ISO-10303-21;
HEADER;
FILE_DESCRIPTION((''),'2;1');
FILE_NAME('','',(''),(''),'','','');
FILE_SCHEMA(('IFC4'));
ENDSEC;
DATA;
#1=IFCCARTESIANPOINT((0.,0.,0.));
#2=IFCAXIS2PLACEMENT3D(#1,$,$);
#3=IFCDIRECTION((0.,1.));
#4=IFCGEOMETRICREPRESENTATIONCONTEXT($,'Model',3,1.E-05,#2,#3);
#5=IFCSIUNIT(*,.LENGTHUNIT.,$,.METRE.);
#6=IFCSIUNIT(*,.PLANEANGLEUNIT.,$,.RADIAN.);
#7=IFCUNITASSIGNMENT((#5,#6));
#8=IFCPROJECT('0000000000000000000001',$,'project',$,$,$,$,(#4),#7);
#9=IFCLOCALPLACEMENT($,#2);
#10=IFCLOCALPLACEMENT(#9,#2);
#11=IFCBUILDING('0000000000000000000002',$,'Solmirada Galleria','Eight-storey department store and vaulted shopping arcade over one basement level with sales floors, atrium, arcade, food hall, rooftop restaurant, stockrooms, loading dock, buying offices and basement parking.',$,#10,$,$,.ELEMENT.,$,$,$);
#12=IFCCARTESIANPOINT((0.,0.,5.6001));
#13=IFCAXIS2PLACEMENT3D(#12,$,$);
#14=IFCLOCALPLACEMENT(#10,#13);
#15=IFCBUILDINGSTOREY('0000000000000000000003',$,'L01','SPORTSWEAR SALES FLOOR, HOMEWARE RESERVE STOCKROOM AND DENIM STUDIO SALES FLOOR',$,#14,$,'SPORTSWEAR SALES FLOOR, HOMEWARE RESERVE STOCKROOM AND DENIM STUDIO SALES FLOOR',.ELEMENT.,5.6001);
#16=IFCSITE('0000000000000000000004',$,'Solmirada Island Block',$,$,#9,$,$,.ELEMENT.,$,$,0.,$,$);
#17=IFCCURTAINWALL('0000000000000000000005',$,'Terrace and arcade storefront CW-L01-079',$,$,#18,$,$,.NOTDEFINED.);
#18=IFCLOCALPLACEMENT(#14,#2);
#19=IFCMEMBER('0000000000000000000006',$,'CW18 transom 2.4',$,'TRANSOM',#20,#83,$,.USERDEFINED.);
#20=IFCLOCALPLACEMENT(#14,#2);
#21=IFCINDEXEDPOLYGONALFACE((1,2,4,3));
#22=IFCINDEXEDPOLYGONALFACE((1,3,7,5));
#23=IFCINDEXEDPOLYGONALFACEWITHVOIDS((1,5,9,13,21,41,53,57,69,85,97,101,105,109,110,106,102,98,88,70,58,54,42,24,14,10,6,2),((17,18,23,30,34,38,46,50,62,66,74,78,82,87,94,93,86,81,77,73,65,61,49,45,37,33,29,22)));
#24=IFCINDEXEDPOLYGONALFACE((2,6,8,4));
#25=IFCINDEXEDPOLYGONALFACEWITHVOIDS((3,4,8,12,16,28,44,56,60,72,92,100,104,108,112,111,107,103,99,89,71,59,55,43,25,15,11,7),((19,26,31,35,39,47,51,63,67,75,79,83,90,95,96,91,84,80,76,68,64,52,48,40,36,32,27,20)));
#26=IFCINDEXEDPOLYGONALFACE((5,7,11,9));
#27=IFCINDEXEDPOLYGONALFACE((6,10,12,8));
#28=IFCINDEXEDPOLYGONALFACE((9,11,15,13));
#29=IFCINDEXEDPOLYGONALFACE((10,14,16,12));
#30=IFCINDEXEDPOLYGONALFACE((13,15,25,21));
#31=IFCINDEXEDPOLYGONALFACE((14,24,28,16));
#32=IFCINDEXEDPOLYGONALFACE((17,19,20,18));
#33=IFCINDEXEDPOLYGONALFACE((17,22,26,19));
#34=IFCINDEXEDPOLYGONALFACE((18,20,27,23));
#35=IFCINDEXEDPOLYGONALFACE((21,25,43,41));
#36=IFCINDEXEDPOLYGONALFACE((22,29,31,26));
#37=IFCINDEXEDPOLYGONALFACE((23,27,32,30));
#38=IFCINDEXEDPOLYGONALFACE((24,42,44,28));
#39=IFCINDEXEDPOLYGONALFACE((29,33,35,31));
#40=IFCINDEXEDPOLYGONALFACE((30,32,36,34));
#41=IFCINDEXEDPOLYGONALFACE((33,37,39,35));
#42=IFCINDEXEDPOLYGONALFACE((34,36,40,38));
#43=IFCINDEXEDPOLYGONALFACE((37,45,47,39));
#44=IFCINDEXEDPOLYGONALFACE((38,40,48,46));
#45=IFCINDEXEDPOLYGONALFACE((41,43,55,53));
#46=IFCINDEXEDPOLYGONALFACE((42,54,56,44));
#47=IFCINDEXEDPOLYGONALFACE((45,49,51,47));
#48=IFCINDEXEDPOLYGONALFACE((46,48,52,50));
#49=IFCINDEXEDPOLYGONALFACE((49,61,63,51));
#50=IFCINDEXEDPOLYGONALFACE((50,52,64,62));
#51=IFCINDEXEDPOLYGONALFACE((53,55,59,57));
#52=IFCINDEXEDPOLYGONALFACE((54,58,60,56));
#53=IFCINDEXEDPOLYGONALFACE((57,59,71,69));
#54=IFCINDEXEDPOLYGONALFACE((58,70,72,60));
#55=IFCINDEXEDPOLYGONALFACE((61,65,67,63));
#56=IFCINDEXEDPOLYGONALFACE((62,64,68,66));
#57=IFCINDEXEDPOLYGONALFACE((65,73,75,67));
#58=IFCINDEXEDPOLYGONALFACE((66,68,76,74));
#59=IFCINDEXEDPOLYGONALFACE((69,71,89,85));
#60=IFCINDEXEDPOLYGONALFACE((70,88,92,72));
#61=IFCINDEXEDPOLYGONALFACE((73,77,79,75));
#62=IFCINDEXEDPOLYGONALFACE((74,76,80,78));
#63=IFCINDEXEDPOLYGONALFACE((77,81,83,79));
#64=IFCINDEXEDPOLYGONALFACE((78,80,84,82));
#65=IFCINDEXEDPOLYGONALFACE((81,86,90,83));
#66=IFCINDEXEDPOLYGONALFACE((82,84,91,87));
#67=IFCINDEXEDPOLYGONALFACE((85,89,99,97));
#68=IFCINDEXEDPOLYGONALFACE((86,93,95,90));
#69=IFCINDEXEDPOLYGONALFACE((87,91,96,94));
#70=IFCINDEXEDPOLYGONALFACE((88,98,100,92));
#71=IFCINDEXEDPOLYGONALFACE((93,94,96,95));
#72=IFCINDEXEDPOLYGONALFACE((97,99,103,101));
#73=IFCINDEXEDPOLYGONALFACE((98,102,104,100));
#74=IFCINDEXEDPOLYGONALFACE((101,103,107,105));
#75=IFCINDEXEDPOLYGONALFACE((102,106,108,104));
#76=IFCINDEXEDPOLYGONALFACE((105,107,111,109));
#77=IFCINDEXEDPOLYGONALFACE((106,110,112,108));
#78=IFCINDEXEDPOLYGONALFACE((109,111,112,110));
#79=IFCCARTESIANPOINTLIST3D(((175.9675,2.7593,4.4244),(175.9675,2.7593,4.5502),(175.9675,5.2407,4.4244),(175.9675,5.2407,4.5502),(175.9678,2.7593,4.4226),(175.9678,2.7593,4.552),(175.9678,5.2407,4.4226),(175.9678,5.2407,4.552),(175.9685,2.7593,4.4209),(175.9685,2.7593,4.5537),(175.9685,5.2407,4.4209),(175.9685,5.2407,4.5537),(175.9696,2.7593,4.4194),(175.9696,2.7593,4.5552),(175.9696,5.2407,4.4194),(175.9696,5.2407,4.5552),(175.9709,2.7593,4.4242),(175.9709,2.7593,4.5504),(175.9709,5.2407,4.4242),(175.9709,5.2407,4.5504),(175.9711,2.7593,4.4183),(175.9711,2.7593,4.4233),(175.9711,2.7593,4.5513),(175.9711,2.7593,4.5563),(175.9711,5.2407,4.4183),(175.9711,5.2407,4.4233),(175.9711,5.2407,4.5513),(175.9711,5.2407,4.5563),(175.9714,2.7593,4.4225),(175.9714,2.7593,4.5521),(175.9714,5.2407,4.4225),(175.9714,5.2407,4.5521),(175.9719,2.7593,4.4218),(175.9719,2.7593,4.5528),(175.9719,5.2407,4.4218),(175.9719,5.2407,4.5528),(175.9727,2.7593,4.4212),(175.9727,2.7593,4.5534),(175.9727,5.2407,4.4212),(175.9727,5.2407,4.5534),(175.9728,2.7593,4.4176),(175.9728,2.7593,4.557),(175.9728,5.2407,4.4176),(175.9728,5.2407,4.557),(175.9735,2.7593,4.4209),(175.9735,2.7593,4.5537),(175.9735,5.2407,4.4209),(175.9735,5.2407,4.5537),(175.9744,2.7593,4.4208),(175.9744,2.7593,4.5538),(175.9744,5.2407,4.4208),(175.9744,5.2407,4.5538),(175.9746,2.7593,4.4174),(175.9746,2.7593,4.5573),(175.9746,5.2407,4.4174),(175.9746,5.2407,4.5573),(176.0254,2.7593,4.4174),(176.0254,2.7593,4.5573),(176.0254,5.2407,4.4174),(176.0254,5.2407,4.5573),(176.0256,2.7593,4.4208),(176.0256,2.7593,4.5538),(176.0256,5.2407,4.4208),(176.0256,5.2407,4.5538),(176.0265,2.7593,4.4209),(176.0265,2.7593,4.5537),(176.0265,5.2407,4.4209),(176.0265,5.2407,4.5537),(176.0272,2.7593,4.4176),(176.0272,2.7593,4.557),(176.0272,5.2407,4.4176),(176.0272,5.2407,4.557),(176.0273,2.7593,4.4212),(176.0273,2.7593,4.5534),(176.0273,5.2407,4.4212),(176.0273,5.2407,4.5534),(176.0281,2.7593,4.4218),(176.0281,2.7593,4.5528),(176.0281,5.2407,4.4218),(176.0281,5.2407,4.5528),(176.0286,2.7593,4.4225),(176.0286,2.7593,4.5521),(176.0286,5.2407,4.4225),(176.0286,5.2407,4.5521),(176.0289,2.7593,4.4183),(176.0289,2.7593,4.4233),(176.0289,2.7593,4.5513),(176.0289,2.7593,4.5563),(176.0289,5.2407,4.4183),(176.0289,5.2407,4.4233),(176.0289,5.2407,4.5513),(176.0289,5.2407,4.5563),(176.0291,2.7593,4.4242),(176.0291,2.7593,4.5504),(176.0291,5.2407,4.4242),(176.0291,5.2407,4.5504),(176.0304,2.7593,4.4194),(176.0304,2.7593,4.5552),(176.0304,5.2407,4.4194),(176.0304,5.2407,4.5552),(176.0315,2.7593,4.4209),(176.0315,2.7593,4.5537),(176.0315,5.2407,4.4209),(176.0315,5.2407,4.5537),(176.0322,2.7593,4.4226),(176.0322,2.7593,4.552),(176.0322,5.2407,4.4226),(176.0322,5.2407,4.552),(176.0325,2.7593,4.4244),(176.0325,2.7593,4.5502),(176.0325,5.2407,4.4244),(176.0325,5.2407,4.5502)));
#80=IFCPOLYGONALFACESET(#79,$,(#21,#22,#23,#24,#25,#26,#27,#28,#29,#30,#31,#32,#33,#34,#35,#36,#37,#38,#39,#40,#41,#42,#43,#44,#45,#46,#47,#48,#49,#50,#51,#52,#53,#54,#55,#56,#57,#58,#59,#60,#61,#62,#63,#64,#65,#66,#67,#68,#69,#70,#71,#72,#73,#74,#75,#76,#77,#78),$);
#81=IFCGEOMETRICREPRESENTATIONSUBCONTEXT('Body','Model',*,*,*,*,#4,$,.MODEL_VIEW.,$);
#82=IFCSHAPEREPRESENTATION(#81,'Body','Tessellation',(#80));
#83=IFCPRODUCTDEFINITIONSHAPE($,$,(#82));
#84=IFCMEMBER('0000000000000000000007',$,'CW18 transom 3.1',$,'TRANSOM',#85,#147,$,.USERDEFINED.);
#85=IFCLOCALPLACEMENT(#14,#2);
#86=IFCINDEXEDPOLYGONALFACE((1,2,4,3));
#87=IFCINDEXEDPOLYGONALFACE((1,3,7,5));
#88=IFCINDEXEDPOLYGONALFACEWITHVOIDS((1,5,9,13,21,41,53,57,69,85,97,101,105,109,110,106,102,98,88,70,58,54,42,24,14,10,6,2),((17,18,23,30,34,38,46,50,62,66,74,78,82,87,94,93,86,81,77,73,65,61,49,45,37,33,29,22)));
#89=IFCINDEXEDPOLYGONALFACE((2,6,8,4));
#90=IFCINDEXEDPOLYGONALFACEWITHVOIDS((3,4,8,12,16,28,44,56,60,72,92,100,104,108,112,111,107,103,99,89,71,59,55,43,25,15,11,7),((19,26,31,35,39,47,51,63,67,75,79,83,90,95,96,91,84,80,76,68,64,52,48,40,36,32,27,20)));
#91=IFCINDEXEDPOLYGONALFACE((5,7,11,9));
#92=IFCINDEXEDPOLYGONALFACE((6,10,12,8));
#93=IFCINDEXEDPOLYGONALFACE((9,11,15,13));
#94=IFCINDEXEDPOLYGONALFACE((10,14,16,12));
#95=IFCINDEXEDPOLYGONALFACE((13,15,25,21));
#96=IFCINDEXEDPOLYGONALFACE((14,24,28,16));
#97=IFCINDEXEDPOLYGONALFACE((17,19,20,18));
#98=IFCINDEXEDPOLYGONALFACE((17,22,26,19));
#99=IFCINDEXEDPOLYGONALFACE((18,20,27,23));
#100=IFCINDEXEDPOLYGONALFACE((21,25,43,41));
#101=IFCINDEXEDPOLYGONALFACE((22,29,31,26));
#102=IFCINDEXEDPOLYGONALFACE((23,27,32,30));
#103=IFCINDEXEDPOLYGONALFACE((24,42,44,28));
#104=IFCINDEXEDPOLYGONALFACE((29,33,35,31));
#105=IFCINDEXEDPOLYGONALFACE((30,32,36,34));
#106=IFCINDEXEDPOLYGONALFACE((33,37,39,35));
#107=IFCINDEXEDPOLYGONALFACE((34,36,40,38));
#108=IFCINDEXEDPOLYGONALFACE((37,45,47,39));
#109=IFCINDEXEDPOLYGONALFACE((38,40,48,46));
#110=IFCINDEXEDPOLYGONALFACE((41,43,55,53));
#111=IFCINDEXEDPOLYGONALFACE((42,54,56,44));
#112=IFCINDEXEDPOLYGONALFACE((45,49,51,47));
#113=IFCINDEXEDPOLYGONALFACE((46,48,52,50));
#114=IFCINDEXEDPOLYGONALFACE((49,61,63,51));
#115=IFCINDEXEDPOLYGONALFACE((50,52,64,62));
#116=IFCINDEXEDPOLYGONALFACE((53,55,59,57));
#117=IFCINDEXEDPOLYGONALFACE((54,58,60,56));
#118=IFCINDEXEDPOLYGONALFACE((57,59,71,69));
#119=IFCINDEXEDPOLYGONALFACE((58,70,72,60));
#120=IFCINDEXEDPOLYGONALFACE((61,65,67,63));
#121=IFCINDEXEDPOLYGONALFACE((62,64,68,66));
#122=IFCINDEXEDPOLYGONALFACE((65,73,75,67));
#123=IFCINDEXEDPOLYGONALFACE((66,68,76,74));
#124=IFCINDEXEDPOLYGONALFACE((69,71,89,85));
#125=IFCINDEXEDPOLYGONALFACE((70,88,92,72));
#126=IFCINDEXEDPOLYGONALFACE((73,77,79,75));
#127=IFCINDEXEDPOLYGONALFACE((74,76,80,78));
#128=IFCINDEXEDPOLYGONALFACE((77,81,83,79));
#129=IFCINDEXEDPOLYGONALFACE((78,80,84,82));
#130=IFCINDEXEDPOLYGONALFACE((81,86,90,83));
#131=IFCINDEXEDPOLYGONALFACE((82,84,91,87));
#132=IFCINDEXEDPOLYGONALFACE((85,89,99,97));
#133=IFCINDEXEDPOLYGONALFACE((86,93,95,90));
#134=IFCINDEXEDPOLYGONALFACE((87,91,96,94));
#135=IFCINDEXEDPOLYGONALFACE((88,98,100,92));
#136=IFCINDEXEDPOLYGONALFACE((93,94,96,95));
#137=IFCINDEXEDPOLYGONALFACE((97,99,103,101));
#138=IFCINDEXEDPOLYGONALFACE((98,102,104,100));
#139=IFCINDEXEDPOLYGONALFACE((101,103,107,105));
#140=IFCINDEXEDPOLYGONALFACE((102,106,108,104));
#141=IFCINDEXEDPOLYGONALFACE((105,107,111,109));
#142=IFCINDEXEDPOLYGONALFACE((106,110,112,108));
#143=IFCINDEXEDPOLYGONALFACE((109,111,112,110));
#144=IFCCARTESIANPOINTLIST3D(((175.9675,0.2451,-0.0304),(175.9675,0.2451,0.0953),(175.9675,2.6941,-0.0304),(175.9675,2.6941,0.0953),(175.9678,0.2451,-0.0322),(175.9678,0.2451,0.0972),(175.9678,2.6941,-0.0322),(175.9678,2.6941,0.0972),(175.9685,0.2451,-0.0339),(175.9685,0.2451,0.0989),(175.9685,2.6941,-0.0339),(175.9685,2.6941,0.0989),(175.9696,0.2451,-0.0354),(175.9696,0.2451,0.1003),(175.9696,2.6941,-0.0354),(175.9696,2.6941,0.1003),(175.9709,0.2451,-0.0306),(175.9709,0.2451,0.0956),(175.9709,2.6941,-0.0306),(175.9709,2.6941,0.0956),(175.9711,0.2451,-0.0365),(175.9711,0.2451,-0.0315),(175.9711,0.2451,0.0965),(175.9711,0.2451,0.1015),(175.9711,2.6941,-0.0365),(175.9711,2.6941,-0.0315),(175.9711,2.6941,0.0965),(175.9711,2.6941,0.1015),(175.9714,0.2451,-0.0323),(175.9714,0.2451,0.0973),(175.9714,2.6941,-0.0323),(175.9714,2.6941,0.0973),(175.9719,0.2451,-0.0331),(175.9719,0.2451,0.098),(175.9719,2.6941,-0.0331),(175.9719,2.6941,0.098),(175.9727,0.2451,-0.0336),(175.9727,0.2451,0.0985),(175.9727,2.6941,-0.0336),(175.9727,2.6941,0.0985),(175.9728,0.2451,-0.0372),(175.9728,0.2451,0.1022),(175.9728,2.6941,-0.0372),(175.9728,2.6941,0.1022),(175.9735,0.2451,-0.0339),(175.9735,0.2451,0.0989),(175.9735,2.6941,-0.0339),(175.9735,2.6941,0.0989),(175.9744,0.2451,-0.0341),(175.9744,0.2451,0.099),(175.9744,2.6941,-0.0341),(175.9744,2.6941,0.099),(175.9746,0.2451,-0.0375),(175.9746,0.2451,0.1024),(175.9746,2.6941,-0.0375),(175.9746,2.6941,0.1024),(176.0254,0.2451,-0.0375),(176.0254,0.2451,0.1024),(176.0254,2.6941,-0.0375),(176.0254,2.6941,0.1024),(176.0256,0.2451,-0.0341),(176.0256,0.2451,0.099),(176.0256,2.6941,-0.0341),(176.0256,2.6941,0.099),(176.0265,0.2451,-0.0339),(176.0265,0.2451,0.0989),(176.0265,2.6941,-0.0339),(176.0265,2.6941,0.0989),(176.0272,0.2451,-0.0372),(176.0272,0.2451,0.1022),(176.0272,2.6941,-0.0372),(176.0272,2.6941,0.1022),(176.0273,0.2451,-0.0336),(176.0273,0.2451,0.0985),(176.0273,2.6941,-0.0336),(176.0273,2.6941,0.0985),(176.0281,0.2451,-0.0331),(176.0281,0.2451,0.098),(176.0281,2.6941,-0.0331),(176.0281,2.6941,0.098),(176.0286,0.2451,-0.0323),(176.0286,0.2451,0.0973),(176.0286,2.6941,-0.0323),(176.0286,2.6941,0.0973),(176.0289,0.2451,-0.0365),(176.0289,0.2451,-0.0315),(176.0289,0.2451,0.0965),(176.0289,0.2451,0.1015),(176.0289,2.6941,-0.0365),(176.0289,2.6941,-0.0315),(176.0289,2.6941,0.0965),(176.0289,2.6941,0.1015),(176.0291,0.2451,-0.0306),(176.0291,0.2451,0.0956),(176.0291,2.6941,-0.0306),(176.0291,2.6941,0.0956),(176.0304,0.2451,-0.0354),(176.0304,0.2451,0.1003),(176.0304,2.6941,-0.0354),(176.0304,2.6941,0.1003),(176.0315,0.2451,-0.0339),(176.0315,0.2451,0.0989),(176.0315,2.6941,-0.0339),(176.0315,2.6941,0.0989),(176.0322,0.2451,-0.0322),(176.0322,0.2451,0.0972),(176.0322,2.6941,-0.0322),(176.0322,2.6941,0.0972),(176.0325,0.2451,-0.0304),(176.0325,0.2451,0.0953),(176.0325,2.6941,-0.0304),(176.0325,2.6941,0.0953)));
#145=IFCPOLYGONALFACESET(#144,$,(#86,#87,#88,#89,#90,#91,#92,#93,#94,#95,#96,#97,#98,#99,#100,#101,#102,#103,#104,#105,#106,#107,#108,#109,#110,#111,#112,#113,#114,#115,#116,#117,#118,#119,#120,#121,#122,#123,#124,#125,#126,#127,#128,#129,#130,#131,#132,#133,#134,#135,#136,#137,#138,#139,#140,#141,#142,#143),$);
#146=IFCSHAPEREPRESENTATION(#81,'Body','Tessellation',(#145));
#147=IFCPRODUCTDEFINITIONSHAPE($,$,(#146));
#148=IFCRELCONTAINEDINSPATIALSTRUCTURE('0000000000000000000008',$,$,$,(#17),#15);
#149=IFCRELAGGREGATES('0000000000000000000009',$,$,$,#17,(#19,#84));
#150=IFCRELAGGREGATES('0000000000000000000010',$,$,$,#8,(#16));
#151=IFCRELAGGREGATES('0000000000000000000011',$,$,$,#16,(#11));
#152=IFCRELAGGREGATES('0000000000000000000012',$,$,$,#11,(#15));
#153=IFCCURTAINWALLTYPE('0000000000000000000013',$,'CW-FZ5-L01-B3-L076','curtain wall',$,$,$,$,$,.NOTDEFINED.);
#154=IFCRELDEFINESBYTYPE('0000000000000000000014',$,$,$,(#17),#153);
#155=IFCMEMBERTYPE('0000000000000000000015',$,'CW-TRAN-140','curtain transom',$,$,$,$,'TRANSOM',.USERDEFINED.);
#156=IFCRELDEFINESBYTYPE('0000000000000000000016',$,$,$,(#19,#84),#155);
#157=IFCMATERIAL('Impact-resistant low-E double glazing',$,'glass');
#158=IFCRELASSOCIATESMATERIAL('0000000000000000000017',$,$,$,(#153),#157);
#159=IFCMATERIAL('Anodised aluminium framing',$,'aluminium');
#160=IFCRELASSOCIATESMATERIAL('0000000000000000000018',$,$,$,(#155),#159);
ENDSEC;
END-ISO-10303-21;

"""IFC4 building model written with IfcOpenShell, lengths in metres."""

from ifc_helpers import new_model, si_unit, direction, frame, origin, origin_2d, place, context, subcontext, project, spatial, hollow_rectangle, extrude, material, material_profile, profile_set, type_object, element, aggregate, save


model = new_model("IFC4")

# Units and contexts
model_context = context("Model", 3, precision=1e-05, world=origin(), true_north=direction((0.0, 1.0)))
body_context = subcontext(model_context, "Body", "Model", "MODEL_VIEW")
ifc_project = project(units=[si_unit("LENGTHUNIT", "METRE"), si_unit("PLANEANGLEUNIT", "RADIAN")], contexts=[model_context])

# Site, building, storey
site_placement = place(None, origin())
site = spatial("IfcSite", under=ifc_project, at=site_placement, Name="Solmirada Island Block", CompositionType="ELEMENT", RefElevation=0.0)
building_placement = place(site_placement, origin())
building = spatial("IfcBuilding", under=site, at=building_placement, Name="Solmirada Galleria", Description="Eight-storey department store and vaulted shopping arcade over one basement level with sales floors, atrium, arcade, food hall, rooftop restaurant, stockrooms, loading dock, buying offices and basement parking.", CompositionType="ELEMENT")
storey_placement = place(building_placement, frame((0.0, 0.0, 5.6001)))
storey = spatial("IfcBuildingStorey", under=building, at=storey_placement, Name="L01", Description="SPORTSWEAR SALES FLOOR, HOMEWARE RESERVE STOCKROOM AND DENIM STUDIO SALES FLOOR", LongName="SPORTSWEAR SALES FLOOR, HOMEWARE RESERVE STOCKROOM AND DENIM STUDIO SALES FLOOR", CompositionType="ELEMENT", Elevation=5.6001)

# Curtain wall
ifc_material_1 = material(Name="Impact-resistant low-E double glazing", Category="glass")
curtain_wall_type = type_object("IfcCurtainWallType", Name="CW-FZ5-L01-B3-L076", Description="curtain wall", PredefinedType="NOTDEFINED", material=ifc_material_1)
ifc_material_2 = material(Name="Anodised aluminium framing", Category="aluminium")
curtain_wall_1_placement = place(storey_placement, origin())
curtain_wall_1 = element("IfcCurtainWall", 1, at=curtain_wall_1_placement, inside=storey, type_object=curtain_wall_type, Name="Terrace and arcade storefront CW-L01-079", PredefinedType="NOTDEFINED")

# Members
ifc_material_profile_1 = material_profile(ifc_material_2, hollow_rectangle(XDim=0.0649, YDim=0.1399, WallThickness=0.0034, InnerFilletRadius=0.0034, OuterFilletRadius=0.0071, at=origin_2d()), Name="ALU-TRAN-140X65")
ifc_profile_set_1 = profile_set([ifc_material_profile_1], Name="Anodised aluminium framing")
member_type_1 = type_object("IfcMemberType", Name="CW-TRAN-140", Description="curtain transom", ElementType="TRANSOM", PredefinedType="USERDEFINED", material=ifc_profile_set_1)
member_1_placement = place(storey_placement, frame((176.0, 5.2407, 4.4873), z_axis=(0.0, -1.0, 0.0), x_axis=(1.0, 0.0, 0.0)))
member_1 = element("IfcMember", 2, at=member_1_placement, type_object=member_type_1, Name="CW18 transom 2.4", ObjectType="TRANSOM", PredefinedType="USERDEFINED", context=body_context, shape_type="SweptSolid", body=[
    extrude(hollow_rectangle(XDim=0.0649, YDim=0.1399, WallThickness=0.0034, InnerFilletRadius=0.0034, OuterFilletRadius=0.0071, at=origin_2d()), origin(), (0.0, 0.0, 1.0), 2.4814),
])
member_2_placement = place(storey_placement, frame((176.0, 2.6941, 0.0325), z_axis=(0.0, -1.0, 0.0), x_axis=(1.0, 0.0, 0.0)))
member_2 = element("IfcMember", 3, at=member_2_placement, type_object=member_type_1, Name="CW18 transom 3.1", ObjectType="TRANSOM", PredefinedType="USERDEFINED", context=body_context, shape_type="SweptSolid", body=[
    extrude(hollow_rectangle(XDim=0.0649, YDim=0.1399, WallThickness=0.0034, InnerFilletRadius=0.0034, OuterFilletRadius=0.0071, at=origin_2d()), origin(), (0.0, 0.0, 1.0), 2.449),
])

aggregate(curtain_wall_1, [member_1, member_2])

save(model, "model.ifc")
